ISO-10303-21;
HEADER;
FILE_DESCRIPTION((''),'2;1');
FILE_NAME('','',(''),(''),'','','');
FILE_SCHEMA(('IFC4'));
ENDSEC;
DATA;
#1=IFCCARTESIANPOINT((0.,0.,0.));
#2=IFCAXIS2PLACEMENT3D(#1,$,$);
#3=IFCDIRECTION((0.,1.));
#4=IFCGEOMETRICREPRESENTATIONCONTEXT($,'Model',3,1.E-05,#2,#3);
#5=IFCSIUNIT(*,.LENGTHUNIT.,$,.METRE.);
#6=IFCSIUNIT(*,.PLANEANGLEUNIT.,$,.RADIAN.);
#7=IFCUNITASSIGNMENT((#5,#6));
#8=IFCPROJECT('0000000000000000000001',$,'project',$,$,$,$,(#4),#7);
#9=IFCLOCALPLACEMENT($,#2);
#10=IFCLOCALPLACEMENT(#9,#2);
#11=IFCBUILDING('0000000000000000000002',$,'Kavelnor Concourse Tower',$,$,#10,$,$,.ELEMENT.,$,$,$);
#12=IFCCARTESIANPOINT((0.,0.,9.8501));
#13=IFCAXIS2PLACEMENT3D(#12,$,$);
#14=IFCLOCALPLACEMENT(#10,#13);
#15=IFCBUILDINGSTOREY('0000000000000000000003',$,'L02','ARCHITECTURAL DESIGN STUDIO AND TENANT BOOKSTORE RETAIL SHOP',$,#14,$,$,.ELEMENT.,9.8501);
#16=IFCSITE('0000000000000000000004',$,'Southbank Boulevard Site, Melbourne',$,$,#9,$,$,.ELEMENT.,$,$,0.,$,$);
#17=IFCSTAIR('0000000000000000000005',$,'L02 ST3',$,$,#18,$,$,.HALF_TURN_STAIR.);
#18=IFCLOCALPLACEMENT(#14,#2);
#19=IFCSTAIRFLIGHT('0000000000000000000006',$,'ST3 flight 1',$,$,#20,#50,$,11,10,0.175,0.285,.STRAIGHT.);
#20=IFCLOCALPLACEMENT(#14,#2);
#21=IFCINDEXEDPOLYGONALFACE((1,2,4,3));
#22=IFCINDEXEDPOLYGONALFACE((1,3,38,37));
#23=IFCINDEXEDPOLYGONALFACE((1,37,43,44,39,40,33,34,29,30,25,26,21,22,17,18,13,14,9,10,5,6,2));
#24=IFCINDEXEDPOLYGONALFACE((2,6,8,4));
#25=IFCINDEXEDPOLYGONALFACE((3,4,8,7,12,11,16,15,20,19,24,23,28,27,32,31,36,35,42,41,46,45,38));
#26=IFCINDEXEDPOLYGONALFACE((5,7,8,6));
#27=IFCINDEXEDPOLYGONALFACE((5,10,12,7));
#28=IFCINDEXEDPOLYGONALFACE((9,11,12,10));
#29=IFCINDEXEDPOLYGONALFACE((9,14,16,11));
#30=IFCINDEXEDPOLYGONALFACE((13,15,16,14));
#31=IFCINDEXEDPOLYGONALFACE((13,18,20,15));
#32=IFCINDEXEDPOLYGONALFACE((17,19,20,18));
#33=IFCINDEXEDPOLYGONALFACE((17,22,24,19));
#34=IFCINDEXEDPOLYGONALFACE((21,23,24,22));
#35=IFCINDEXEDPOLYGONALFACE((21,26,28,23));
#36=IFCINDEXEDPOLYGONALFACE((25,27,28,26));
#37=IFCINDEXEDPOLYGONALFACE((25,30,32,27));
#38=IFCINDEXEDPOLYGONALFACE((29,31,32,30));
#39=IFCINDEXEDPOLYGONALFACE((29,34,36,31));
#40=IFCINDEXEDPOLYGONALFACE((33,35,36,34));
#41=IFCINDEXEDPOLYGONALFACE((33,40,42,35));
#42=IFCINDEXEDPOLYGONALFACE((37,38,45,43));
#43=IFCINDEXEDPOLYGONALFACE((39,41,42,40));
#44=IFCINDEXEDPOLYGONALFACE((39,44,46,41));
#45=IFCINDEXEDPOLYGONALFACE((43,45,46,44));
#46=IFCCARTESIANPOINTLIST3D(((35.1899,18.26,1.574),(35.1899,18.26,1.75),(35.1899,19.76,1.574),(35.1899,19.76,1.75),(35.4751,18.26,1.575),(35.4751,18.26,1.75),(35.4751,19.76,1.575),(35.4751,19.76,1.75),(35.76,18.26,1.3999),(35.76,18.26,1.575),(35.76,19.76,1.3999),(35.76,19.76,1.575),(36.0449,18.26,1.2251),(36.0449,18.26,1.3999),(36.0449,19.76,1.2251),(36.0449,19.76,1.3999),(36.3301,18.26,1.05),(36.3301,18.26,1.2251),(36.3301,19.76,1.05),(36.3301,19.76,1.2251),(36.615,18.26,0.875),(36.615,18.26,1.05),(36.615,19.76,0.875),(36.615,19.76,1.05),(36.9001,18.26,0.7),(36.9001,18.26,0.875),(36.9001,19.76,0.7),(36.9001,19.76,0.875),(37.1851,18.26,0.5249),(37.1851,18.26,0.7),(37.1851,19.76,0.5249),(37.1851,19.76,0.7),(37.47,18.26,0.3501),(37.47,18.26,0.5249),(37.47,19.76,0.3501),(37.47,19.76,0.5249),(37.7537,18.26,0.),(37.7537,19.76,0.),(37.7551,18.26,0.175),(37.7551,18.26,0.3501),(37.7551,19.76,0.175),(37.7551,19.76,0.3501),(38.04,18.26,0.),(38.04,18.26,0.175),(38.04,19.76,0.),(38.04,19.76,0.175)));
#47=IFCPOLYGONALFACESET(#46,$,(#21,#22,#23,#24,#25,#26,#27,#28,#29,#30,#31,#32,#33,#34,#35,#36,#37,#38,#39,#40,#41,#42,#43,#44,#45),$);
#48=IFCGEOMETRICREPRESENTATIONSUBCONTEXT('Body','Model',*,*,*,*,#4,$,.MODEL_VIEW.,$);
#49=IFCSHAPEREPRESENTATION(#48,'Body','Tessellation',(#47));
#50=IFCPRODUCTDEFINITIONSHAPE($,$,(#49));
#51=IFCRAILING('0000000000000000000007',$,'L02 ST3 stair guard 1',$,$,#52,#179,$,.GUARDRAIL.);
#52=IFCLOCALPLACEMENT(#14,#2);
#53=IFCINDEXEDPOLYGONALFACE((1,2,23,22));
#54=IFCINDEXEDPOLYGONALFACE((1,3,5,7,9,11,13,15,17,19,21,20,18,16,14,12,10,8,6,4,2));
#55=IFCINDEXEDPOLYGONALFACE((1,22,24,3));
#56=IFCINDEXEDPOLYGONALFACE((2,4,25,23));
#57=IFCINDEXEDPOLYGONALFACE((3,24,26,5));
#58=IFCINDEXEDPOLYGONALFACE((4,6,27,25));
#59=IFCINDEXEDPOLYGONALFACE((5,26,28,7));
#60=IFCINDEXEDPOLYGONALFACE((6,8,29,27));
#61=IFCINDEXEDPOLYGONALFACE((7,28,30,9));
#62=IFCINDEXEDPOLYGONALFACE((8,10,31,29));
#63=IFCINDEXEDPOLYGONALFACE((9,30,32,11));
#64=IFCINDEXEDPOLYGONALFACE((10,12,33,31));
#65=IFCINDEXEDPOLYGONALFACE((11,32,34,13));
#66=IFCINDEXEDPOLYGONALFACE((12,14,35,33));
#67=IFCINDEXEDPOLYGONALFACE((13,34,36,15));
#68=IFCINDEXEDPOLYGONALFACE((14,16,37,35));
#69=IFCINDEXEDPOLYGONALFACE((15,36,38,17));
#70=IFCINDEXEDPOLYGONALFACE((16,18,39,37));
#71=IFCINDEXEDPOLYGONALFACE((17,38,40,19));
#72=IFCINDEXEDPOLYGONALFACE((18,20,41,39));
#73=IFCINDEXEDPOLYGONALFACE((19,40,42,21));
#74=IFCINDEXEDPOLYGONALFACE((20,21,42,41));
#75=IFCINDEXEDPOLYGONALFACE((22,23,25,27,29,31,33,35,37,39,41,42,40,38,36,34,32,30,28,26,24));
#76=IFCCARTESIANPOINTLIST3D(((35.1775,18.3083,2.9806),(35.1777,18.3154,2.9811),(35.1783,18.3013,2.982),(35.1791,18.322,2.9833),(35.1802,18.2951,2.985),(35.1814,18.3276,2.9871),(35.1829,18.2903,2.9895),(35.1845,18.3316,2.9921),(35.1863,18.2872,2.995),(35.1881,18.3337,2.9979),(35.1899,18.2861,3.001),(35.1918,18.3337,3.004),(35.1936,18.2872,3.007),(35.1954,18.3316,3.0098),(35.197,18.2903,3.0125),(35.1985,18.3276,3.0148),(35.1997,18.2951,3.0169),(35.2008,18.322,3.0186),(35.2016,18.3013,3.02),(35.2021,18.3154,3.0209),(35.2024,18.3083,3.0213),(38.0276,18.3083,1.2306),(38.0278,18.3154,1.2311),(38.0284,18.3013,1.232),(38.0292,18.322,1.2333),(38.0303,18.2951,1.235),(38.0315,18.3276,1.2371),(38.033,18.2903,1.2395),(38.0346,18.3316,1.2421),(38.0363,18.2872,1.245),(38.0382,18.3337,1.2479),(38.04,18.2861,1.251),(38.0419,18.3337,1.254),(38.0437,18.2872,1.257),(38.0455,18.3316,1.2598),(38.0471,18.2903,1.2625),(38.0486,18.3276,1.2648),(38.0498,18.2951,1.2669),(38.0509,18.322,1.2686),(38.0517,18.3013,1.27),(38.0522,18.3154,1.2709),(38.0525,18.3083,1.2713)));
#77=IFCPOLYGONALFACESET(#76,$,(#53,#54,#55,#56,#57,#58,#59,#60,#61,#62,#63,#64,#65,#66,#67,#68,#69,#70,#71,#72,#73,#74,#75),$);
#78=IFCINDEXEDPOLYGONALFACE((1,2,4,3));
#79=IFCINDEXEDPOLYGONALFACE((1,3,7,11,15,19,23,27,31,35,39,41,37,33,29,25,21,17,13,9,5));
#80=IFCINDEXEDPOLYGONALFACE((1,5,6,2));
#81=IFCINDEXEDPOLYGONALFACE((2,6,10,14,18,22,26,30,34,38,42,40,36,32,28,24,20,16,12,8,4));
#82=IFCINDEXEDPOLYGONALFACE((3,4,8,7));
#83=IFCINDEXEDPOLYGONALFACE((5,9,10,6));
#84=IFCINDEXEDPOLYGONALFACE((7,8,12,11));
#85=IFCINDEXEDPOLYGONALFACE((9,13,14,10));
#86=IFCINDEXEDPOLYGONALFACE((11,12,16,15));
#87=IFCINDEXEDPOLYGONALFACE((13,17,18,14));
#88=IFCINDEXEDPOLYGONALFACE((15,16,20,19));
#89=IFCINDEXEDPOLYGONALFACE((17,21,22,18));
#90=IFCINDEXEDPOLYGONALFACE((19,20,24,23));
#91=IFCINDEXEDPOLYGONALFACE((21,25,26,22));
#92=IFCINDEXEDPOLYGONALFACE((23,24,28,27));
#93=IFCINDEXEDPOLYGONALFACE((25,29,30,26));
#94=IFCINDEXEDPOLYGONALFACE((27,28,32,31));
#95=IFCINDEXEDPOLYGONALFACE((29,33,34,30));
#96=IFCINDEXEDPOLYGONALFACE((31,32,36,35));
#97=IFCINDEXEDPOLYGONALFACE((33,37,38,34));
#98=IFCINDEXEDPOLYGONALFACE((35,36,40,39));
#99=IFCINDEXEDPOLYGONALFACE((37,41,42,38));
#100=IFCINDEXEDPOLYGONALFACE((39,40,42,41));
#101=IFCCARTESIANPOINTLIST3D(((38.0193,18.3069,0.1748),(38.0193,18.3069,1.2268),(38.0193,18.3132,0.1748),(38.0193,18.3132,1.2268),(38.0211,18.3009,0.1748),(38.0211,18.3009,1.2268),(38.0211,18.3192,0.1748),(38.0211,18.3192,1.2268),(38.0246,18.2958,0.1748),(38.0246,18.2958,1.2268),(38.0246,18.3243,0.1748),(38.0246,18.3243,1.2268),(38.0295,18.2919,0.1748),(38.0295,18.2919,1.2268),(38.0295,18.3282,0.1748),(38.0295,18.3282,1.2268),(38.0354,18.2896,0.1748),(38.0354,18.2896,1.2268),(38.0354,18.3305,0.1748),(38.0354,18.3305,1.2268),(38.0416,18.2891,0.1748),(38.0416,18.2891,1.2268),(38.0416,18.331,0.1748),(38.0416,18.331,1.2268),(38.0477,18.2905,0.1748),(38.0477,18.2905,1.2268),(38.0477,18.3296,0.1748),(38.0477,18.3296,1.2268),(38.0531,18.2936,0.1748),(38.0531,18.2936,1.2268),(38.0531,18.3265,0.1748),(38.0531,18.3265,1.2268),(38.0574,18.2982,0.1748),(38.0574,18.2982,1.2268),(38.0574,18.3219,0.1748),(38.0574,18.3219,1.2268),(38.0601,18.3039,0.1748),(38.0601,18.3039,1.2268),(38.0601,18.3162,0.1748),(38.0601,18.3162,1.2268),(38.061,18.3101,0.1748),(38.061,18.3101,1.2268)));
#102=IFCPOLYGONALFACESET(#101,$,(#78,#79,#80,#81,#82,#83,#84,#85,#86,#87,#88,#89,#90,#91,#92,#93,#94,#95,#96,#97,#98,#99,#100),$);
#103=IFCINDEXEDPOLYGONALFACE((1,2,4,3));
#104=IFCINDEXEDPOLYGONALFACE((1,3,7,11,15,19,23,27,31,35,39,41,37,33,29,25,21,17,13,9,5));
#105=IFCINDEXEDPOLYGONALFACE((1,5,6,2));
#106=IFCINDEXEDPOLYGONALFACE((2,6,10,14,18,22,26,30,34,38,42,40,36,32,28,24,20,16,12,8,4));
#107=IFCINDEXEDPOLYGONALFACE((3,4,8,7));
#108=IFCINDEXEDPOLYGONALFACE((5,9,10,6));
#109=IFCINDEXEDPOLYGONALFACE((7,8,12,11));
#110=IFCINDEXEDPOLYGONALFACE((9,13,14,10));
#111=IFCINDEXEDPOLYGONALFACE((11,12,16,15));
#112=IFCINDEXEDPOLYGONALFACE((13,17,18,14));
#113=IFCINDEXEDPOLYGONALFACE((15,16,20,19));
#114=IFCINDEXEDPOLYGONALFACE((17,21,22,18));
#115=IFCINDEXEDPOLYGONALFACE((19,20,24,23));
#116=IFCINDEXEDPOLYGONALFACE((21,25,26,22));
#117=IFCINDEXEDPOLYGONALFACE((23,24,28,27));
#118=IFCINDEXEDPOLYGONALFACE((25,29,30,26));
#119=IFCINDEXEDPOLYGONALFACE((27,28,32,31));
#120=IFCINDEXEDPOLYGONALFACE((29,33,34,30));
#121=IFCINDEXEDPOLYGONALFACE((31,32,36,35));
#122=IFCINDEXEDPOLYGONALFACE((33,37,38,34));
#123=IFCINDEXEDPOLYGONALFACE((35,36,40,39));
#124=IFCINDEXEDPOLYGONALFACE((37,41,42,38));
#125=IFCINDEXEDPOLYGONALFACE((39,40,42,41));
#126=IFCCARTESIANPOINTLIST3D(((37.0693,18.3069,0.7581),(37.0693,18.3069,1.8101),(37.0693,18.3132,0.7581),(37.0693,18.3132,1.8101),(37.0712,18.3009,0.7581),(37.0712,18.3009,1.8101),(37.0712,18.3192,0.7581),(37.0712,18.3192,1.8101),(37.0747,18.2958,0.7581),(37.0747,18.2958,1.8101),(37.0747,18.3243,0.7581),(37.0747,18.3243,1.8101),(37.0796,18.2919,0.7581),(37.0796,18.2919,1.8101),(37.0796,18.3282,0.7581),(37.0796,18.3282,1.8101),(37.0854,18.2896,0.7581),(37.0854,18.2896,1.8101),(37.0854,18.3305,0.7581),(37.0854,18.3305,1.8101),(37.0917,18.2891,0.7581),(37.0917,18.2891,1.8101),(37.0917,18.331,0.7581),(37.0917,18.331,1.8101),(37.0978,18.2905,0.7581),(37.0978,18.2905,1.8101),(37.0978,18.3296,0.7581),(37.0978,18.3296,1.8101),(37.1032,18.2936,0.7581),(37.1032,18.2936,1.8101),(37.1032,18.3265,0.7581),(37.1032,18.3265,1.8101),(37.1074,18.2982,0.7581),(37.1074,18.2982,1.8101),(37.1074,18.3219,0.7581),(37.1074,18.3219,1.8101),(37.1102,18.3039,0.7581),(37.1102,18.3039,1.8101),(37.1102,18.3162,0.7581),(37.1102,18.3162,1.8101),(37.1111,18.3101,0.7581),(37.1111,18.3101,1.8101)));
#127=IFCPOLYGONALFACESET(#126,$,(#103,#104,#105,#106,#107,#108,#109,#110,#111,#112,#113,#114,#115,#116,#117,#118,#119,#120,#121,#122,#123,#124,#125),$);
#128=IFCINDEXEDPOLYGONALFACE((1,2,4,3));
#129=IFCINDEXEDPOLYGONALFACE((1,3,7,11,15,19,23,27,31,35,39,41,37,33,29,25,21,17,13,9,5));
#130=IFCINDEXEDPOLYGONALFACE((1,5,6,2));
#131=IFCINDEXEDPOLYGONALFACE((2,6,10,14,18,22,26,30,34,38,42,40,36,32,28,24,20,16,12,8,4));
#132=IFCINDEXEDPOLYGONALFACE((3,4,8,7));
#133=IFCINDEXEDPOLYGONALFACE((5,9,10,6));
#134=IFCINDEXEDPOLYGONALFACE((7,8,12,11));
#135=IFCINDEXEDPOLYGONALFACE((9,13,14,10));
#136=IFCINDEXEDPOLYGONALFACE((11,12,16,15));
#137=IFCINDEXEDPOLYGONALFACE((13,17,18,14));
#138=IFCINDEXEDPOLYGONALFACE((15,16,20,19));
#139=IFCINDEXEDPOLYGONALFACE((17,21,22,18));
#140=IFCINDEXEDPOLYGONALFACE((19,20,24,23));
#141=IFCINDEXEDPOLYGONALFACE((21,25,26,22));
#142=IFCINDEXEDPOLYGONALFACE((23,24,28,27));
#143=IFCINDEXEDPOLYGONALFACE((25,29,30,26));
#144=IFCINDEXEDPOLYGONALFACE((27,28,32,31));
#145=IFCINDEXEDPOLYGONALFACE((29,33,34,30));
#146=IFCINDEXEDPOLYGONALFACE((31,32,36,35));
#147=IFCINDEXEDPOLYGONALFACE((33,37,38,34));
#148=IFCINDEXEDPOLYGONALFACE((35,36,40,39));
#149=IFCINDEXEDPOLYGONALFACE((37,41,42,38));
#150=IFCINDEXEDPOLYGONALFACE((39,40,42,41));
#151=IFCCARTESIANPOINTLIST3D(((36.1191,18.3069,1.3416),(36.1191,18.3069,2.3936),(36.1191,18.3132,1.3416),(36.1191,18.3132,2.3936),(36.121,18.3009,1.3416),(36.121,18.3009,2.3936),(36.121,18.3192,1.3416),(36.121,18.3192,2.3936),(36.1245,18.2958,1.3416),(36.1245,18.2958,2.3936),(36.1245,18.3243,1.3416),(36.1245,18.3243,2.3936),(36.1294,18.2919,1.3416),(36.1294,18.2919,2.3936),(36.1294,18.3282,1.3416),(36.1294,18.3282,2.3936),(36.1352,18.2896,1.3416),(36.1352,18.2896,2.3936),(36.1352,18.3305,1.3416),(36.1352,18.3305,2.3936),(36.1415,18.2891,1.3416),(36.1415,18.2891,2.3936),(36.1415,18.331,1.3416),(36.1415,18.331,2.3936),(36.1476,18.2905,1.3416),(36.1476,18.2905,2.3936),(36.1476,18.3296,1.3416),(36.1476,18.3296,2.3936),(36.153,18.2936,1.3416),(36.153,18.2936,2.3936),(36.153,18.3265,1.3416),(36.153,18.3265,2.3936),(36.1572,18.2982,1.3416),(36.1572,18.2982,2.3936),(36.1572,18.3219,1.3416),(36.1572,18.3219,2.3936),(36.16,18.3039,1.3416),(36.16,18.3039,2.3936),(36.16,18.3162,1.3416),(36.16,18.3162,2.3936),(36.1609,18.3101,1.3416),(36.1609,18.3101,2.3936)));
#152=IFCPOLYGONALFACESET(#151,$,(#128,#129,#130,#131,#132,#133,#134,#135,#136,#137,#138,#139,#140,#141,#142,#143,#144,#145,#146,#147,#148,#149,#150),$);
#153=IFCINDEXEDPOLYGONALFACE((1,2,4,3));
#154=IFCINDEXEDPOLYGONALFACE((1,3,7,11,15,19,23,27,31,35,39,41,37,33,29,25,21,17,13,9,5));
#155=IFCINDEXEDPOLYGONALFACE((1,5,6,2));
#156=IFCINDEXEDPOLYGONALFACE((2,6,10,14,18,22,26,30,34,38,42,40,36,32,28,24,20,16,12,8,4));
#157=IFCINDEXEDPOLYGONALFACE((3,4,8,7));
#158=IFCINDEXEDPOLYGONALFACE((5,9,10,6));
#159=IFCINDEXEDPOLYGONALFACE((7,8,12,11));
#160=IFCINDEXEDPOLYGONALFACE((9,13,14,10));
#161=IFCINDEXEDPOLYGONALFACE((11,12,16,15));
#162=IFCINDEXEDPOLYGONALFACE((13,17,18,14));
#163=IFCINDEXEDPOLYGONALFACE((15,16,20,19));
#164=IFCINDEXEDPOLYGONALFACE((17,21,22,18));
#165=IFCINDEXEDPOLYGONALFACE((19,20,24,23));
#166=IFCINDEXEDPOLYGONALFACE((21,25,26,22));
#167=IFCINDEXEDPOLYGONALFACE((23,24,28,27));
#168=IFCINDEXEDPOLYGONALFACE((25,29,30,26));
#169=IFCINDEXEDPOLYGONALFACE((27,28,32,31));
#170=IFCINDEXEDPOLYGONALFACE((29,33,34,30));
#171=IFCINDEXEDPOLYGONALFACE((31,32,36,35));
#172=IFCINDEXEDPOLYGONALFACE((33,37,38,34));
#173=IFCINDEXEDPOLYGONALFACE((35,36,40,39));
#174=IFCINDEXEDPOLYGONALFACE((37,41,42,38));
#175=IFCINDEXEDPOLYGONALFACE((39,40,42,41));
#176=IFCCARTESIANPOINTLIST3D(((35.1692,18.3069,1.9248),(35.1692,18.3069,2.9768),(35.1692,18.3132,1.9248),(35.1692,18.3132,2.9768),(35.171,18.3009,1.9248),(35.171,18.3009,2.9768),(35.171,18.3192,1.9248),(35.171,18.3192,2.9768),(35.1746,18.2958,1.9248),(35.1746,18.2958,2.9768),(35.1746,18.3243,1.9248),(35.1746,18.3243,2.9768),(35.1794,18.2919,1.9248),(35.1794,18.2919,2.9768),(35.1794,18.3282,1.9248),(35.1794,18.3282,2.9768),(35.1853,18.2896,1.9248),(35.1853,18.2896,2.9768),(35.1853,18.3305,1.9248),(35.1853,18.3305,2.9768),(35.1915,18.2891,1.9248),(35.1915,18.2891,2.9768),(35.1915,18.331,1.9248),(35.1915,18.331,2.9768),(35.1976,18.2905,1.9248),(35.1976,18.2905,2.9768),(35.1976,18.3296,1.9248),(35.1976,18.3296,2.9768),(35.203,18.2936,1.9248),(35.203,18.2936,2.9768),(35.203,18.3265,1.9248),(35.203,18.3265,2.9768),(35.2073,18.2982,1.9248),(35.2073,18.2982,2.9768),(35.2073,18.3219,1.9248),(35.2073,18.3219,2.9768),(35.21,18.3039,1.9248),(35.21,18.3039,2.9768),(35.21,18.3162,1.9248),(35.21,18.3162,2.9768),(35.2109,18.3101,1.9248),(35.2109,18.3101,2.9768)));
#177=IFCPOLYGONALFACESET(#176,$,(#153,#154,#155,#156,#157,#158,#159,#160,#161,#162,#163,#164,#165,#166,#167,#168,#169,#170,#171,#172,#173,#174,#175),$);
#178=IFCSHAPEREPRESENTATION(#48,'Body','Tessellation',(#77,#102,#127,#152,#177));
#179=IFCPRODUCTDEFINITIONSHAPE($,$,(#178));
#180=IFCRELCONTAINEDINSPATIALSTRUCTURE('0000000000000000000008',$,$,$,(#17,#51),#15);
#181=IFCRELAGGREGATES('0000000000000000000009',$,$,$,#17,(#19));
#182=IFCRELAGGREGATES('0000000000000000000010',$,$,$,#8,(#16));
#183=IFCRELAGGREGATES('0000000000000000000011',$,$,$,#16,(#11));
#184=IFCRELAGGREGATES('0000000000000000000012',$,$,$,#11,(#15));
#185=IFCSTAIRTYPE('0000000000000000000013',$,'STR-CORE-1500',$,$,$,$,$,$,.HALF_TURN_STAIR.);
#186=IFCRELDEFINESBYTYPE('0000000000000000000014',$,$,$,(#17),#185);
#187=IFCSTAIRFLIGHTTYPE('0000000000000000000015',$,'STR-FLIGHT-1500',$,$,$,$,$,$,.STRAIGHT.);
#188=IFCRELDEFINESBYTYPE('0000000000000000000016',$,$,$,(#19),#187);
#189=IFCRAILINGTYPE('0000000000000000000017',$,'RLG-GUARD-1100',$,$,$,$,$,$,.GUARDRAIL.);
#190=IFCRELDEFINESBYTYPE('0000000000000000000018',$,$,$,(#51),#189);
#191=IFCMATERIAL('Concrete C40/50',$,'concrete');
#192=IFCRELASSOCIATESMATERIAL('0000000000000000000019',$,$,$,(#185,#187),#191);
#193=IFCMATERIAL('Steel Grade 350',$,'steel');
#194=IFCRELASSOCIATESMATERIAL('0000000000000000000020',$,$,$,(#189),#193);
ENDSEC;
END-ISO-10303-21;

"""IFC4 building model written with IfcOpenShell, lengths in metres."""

from ifc_helpers import new_model, si_unit, direction, frame, origin, origin_2d, place, context, subcontext, project, spatial, polyline, circle, outline, extrude, material, type_object, element, aggregate, save


model = new_model("IFC4")

# Units and contexts
model_context = context("Model", 3, precision=1e-05, world=origin(), true_north=direction((0.0, 1.0)))
body_context = subcontext(model_context, "Body", "Model", "MODEL_VIEW")
ifc_project = project(units=[si_unit("LENGTHUNIT", "METRE"), si_unit("PLANEANGLEUNIT", "RADIAN")], contexts=[model_context])

# Site, building, storey
site_placement = place(None, origin())
site = spatial("IfcSite", under=ifc_project, at=site_placement, Name="Southbank Boulevard Site, Melbourne", CompositionType="ELEMENT", RefElevation=0.0)
building_placement = place(site_placement, origin())
building = spatial("IfcBuilding", under=site, at=building_placement, Name="Kavelnor Concourse Tower", CompositionType="ELEMENT")
storey_placement = place(building_placement, frame((0.0, 0.0, 9.8501)))
storey = spatial("IfcBuildingStorey", under=building, at=storey_placement, Name="L02", Description="ARCHITECTURAL DESIGN STUDIO AND TENANT BOOKSTORE RETAIL SHOP", CompositionType="ELEMENT", Elevation=9.8501)

# Shared definitions
ifc_material_1 = material(Name="Steel Grade 350", Category="steel")

# Stair, stair flight
ifc_material_2 = material(Name="Concrete C40/50", Category="concrete")
stair_type = type_object("IfcStairType", Name="STR-CORE-1500", PredefinedType="HALF_TURN_STAIR", material=ifc_material_2)
stair_placement = place(storey_placement, origin())
stair = element("IfcStair", 1, at=stair_placement, inside=storey, type_object=stair_type, Name="L02 ST3", PredefinedType="HALF_TURN_STAIR")
stair_flight_type = type_object("IfcStairFlightType", Name="STR-FLIGHT-1500", PredefinedType="STRAIGHT", material=ifc_material_2)
stair_flight_placement = place(storey_placement, frame((38.04, 19.01, 0.0), z_axis=(0.0, 0.0, 1.0), x_axis=(-1.0, 0.0, 0.0)))
stair_flight = element("IfcStairFlight", 2, at=stair_flight_placement, type_object=stair_flight_type, Name="ST3 flight 1", NumberOfRisers=11, NumberOfTreads=10, PredefinedType="STRAIGHT", RiserHeight=0.175, TreadLength=0.285, context=body_context, shape_type="SweptSolid", body=[
    extrude(outline(polyline([(0.0, 0.0), (0.0, 0.175), (0.2849, 0.175), (0.2849, 0.3501), (0.5701, 0.3501), (0.5701, 0.5249), (0.855, 0.5249), (0.855, 0.7), (1.1399, 0.7), (1.1399, 0.875), (1.425, 0.875), (1.425, 1.05), (1.71, 1.05), (1.71, 1.2251), (1.9951, 1.2251), (1.9951, 1.3999), (2.28, 1.3999), (2.28, 1.575), (2.5649, 1.575), (2.5649, 1.75), (2.8501, 1.75), (2.8501, 1.925), (2.8501, 1.574), (0.2864, 0.0), (0.0, 0.0)])), frame((0.0, 0.75, 0.0), z_axis=(0.0, -1.0, 0.0), x_axis=(1.0, 0.0, 0.0)), (0.0, 0.0, 1.0), 1.5),
])
aggregate(stair, [stair_flight])

# Railing
railing_type_1 = type_object("IfcRailingType", Name="RLG-GUARD-1100", PredefinedType="GUARDRAIL", material=ifc_material_1)
railing_1_placement = place(storey_placement, frame((38.04, 18.3101, 0.1748)))
element("IfcRailing", 3, at=railing_1_placement, inside=storey, type_object=railing_type_1, Name="L02 ST3 stair guard 1", PredefinedType="GUARDRAIL", context=body_context, shape_type="SweptSolid", body=[
    extrude(circle(Radius=0.0239, at=origin_2d()), frame((0.0, 0.0, 1.0762), z_axis=(-0.852179, 0.0, 0.52325), x_axis=(0.0, -1.0, 0.0)), (0.0, 0.0, 1.0), 3.3445),
    extrude(circle(Radius=0.021, at=origin_2d()), origin(), (0.0, 0.0, 1.0), 1.052),
    extrude(circle(Radius=0.021, at=origin_2d()), frame((-0.95, 0.0, 0.5833)), (0.0, 0.0, 1.0), 1.052),
    extrude(circle(Radius=0.021, at=origin_2d()), frame((-1.9001, 0.0, 1.1667)), (0.0, 0.0, 1.0), 1.052),
    extrude(circle(Radius=0.021, at=origin_2d()), frame((-2.8501, 0.0, 1.75)), (0.0, 0.0, 1.0), 1.052),
])

save(model, "model.ifc")
